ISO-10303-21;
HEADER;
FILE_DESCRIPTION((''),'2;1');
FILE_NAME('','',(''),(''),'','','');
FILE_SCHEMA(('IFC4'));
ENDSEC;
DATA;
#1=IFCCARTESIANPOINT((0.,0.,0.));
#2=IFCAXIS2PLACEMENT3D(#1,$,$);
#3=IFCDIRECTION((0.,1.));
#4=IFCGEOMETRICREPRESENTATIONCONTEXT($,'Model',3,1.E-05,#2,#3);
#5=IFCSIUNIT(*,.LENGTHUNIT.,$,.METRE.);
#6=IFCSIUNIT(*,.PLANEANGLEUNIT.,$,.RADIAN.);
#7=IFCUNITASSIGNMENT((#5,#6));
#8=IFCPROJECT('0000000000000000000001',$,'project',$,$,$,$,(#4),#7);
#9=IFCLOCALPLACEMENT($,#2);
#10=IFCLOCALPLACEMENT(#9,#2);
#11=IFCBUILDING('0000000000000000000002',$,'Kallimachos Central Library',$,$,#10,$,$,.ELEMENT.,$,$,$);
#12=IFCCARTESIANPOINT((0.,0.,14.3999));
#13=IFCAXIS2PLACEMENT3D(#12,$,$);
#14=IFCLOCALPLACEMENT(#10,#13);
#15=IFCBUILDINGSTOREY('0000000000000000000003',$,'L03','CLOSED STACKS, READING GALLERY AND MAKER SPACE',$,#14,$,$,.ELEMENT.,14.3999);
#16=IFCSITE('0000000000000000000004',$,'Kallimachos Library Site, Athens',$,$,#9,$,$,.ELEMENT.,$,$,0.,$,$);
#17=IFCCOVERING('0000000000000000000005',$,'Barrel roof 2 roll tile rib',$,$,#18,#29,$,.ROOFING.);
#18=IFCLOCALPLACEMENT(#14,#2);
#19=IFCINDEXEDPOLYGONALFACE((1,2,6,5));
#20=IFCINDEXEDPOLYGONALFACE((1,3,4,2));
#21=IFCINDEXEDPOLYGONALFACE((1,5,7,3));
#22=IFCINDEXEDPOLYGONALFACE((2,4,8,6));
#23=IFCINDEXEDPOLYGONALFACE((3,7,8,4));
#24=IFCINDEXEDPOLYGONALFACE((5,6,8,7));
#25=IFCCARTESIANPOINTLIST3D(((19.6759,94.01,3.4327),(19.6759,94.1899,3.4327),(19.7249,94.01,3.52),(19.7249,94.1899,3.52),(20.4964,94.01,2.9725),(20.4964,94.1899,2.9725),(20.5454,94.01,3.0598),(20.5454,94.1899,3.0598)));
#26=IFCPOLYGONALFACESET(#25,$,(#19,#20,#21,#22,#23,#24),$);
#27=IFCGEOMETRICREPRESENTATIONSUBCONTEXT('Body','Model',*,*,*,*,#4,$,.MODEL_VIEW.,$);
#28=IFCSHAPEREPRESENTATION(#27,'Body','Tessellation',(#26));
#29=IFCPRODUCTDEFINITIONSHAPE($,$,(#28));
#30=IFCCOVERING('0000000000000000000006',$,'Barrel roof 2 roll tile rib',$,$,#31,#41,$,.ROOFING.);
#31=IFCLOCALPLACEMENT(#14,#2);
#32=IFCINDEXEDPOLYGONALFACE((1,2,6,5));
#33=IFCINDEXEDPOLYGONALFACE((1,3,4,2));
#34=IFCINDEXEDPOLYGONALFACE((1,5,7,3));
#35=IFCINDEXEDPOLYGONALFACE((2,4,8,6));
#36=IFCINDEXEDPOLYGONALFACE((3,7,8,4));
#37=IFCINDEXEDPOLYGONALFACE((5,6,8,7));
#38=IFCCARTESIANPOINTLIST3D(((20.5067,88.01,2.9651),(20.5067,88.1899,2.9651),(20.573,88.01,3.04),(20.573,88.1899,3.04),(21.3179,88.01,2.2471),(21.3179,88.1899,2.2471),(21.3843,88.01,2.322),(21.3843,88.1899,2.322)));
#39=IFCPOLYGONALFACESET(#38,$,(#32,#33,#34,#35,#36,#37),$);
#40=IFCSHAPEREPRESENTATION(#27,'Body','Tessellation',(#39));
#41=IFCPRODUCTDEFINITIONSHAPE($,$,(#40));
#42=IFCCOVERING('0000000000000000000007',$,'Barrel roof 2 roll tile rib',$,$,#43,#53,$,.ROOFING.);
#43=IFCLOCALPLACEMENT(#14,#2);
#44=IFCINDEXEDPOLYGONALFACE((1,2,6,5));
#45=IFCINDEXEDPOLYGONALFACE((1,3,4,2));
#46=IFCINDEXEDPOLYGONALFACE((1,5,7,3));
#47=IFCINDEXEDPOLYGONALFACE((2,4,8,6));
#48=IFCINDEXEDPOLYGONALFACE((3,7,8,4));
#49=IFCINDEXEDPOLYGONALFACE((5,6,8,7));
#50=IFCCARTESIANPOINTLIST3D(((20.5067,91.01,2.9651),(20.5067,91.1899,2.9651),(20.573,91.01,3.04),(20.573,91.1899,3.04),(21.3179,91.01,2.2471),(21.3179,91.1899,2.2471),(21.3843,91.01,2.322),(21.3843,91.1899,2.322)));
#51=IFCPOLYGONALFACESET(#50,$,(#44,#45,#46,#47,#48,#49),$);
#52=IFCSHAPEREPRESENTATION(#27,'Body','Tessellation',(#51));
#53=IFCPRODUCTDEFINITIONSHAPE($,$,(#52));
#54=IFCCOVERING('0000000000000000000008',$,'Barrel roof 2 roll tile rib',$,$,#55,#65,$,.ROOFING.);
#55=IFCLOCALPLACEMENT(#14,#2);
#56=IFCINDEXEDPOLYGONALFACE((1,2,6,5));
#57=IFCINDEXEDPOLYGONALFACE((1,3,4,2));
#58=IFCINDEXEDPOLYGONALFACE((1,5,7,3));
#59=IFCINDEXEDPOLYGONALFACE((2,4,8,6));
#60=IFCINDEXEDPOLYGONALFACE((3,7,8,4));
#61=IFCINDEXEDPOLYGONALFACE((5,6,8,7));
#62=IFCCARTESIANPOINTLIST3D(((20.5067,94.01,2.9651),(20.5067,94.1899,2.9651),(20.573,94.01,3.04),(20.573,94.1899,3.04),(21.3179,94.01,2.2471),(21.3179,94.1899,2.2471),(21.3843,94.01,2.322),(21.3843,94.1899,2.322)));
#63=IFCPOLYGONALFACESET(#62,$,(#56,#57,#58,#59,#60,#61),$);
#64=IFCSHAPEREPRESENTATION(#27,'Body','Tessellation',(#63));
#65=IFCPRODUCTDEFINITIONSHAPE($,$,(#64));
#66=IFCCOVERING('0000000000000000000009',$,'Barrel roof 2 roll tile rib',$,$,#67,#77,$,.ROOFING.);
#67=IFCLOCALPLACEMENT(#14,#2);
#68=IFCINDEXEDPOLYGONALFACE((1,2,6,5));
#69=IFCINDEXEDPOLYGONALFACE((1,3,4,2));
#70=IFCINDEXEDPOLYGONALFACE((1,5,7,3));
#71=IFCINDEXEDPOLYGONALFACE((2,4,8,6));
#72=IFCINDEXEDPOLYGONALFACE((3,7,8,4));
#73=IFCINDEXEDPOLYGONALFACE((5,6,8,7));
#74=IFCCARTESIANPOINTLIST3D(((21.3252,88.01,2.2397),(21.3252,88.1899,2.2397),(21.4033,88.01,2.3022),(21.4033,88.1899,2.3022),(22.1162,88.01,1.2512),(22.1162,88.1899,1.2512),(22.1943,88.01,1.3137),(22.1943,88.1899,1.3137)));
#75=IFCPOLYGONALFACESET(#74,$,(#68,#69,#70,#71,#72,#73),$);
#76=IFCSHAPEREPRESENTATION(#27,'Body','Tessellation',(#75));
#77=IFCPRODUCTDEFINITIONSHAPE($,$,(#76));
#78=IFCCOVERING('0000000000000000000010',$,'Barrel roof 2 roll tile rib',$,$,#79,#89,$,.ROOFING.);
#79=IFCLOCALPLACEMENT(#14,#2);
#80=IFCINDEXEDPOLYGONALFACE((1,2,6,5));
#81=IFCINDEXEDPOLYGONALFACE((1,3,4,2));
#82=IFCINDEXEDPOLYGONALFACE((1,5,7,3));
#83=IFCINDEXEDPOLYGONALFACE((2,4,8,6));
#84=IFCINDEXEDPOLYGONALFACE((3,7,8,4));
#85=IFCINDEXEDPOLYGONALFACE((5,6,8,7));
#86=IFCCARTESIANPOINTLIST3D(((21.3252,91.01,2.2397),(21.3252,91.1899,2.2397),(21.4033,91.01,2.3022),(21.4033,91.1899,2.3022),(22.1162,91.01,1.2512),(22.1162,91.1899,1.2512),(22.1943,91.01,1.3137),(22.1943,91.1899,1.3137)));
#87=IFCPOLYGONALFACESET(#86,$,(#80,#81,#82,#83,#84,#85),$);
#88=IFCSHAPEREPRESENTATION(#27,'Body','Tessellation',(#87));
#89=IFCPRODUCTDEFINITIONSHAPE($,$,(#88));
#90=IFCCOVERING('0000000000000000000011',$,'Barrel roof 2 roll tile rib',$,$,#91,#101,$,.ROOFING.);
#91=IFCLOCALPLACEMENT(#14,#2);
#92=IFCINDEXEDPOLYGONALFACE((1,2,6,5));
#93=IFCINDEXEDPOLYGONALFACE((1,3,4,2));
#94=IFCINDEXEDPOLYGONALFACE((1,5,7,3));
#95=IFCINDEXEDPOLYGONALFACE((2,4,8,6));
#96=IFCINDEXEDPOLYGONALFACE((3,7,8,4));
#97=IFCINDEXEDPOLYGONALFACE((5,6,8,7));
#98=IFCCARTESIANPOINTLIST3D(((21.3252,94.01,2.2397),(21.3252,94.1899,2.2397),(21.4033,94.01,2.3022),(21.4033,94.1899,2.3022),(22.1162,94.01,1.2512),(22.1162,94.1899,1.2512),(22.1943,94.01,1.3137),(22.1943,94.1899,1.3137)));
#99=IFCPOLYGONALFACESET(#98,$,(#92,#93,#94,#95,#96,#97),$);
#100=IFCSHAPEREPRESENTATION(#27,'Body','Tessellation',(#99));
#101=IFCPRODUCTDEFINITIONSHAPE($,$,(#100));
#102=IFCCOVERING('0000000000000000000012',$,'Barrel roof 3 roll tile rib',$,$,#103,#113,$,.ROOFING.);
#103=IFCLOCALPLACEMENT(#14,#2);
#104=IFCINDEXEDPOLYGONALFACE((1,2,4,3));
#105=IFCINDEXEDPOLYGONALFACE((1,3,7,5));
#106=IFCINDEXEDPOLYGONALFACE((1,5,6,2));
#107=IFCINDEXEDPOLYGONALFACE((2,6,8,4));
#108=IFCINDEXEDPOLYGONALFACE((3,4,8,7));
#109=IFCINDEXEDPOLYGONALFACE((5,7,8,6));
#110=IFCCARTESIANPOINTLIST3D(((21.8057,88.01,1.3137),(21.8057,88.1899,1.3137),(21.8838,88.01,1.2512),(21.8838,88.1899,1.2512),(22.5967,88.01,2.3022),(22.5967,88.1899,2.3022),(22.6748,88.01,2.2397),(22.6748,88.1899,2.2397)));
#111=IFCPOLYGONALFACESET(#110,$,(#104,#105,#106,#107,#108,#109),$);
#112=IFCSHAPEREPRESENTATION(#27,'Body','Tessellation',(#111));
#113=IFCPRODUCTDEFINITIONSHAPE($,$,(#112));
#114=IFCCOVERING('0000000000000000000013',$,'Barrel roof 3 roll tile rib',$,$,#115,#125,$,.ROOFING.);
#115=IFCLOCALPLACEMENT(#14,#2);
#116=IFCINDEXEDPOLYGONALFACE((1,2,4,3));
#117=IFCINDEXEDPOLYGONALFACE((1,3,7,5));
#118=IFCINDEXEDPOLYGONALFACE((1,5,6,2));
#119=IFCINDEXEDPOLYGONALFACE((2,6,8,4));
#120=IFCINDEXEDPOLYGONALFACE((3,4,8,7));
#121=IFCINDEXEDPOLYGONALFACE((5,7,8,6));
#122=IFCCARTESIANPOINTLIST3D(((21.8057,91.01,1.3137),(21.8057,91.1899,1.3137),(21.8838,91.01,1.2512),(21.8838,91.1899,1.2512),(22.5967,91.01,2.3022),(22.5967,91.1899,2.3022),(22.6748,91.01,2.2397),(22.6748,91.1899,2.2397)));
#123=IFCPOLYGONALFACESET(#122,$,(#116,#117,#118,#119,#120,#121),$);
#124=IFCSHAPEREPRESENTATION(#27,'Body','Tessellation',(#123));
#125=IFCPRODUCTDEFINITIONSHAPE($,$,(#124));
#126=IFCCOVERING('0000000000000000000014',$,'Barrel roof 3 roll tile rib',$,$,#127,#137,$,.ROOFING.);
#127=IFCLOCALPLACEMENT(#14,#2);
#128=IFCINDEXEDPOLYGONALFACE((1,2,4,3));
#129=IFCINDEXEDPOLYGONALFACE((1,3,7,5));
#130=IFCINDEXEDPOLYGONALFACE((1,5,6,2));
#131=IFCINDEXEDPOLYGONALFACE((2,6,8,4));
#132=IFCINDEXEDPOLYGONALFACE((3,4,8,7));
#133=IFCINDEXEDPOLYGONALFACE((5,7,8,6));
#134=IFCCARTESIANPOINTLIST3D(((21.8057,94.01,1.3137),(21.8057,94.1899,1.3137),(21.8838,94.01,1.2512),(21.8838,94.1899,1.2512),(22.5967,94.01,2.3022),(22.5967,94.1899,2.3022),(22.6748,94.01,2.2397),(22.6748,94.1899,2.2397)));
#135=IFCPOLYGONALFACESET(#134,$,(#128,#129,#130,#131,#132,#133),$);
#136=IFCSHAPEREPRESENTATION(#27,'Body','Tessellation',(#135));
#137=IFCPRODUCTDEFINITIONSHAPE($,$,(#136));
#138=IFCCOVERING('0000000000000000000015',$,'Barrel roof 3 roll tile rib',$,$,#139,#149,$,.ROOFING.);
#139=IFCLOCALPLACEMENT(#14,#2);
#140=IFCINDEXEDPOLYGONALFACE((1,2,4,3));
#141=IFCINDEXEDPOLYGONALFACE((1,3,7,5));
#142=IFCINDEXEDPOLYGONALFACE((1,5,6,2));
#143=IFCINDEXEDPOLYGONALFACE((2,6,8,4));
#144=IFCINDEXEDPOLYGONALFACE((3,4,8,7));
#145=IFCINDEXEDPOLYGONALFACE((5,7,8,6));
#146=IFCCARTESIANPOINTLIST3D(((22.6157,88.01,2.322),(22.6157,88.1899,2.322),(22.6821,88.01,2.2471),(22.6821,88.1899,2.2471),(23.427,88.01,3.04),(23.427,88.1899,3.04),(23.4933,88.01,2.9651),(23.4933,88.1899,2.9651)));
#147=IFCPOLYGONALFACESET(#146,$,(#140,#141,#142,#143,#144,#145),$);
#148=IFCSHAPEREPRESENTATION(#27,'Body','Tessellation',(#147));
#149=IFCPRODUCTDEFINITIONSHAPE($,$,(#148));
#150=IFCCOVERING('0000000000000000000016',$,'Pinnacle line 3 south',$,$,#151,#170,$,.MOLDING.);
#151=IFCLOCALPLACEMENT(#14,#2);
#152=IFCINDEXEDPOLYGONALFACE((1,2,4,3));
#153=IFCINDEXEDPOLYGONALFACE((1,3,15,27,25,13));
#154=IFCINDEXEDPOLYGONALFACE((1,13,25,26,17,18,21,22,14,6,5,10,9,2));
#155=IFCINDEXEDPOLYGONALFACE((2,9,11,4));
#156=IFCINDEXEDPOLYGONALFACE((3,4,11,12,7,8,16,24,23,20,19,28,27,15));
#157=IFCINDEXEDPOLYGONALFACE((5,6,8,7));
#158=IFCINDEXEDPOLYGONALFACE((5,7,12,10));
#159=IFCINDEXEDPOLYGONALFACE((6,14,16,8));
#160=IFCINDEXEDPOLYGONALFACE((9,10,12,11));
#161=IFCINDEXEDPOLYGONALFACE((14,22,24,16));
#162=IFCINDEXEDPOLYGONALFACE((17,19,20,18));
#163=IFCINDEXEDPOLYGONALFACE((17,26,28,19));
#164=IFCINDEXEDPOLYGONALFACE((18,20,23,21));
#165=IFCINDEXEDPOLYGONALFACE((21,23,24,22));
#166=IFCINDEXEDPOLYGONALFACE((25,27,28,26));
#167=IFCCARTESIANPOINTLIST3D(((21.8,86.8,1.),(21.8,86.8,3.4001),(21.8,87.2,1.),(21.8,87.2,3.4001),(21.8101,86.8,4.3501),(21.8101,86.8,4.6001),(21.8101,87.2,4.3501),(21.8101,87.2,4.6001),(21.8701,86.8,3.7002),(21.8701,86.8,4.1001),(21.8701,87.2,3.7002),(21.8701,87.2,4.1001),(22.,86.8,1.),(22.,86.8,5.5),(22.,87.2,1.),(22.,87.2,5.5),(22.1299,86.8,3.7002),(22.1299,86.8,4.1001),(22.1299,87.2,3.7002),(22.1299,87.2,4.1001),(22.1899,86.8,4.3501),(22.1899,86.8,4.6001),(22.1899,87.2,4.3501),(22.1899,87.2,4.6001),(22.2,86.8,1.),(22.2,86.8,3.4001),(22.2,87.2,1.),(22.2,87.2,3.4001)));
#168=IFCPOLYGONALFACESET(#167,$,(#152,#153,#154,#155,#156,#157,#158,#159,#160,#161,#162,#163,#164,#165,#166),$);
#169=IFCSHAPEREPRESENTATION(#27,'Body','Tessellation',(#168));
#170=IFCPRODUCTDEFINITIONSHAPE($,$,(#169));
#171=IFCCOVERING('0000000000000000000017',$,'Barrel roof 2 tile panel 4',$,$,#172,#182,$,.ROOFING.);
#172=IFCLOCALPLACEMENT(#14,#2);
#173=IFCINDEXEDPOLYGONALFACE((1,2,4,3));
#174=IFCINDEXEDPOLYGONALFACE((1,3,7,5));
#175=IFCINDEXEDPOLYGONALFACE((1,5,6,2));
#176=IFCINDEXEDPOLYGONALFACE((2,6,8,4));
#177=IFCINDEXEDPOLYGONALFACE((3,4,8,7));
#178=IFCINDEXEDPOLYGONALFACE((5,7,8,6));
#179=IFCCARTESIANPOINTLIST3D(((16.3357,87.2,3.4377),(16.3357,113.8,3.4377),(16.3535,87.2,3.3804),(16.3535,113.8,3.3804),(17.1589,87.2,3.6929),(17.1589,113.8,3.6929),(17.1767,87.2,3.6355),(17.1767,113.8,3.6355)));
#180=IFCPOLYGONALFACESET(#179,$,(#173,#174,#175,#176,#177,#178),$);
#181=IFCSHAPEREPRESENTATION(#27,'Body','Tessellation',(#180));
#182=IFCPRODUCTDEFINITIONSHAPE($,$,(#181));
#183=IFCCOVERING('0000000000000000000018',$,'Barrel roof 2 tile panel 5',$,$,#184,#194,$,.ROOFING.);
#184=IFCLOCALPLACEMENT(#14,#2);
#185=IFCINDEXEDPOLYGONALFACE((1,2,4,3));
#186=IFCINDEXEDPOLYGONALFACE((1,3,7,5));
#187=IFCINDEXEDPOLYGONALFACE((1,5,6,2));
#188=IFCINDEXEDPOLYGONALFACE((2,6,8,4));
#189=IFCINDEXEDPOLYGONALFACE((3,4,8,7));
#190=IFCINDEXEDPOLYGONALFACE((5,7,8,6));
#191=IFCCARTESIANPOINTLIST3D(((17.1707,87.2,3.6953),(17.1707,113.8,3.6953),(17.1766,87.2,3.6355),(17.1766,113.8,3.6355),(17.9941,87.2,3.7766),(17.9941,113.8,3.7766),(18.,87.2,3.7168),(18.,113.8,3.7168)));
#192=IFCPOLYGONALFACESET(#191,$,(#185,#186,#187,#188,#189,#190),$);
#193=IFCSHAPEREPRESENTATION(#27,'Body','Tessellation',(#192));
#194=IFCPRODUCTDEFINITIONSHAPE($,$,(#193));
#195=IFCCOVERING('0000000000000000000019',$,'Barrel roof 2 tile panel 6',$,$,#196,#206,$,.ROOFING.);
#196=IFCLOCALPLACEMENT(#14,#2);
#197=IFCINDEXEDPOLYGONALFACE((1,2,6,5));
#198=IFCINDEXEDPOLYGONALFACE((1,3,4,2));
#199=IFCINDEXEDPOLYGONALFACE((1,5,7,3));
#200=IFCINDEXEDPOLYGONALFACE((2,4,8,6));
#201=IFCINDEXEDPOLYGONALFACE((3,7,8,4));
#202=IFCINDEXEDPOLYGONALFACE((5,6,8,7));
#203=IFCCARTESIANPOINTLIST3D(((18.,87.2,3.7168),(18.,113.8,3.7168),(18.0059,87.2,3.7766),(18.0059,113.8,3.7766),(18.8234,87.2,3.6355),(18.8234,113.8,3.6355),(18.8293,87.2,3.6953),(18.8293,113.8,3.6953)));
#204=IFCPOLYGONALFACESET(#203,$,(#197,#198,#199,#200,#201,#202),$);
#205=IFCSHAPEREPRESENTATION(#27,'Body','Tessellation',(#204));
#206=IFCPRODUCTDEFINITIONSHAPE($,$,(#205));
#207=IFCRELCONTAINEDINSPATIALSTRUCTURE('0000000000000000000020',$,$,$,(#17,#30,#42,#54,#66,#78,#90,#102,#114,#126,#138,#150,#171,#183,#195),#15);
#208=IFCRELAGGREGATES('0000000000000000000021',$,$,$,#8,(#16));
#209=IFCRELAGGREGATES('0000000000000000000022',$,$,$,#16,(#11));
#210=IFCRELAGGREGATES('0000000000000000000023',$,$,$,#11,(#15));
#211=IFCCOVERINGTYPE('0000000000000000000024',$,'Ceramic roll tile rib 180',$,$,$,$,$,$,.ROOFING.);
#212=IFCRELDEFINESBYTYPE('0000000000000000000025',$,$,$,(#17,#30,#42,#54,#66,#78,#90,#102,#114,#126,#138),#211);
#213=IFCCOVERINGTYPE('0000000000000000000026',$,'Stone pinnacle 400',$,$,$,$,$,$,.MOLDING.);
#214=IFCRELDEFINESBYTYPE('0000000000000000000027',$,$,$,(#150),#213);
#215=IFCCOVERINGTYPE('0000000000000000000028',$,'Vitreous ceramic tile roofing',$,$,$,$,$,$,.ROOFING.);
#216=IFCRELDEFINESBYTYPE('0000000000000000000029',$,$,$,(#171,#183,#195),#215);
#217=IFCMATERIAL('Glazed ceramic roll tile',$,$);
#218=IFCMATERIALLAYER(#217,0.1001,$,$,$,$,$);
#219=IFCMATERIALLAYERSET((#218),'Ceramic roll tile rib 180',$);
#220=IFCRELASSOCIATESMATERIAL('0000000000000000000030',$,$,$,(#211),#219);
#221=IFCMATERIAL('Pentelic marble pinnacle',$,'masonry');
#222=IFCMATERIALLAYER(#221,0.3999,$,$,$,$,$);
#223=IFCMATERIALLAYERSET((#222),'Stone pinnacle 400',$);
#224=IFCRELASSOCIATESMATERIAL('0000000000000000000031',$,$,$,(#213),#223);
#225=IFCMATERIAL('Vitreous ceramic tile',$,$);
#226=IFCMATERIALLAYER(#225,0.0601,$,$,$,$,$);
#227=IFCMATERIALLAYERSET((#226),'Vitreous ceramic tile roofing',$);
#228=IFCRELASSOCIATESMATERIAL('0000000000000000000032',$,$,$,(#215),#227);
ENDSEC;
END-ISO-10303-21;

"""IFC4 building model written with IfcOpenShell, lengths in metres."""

from ifc_helpers import new_model, si_unit, direction, frame, origin, place, context, subcontext, project, spatial, polyline, outline, extrude, material, layer, layer_set, type_object, element, save


model = new_model("IFC4")

# Units and contexts
model_context = context("Model", 3, precision=1e-05, world=origin(), true_north=direction((0.0, 1.0)))
body_context = subcontext(model_context, "Body", "Model", "MODEL_VIEW")
ifc_project = project(units=[si_unit("LENGTHUNIT", "METRE"), si_unit("PLANEANGLEUNIT", "RADIAN")], contexts=[model_context])

# Site, building, storey
site_placement = place(None, origin())
site = spatial("IfcSite", under=ifc_project, at=site_placement, Name="Kallimachos Library Site, Athens", CompositionType="ELEMENT", RefElevation=0.0)
building_placement = place(site_placement, origin())
building = spatial("IfcBuilding", under=site, at=building_placement, Name="Kallimachos Central Library", CompositionType="ELEMENT")
storey_placement = place(building_placement, frame((0.0, 0.0, 14.3999)))
storey = spatial("IfcBuildingStorey", under=building, at=storey_placement, Name="L03", Description="CLOSED STACKS, READING GALLERY AND MAKER SPACE", CompositionType="ELEMENT", Elevation=14.3999)

# Coverings
ifc_material_1 = material(Name="Glazed ceramic roll tile")
ifc_layer_1 = layer(ifc_material_1, 0.1001)
ifc_layer_set_1 = layer_set([ifc_layer_1], Name="Ceramic roll tile rib 180")
covering_type_1 = type_object("IfcCoveringType", Name="Ceramic roll tile rib 180", PredefinedType="ROOFING", material=ifc_layer_set_1)
for number, where, z_axis, x_axis, name in (
    (1, (19.7249, 94.01, 3.52), (0.489164, 0.0, 0.872192), (0.872192, 0.0, -0.489164), "Barrel roof 2 roll tile rib"),
):
    element("IfcCovering", number, at=place(storey_placement, frame(where, z_axis=z_axis, x_axis=x_axis)), inside=storey, type_object=covering_type_1, Name=name, PredefinedType="ROOFING", context=body_context, shape_type="SweptSolid", body=[
        extrude(outline(polyline([(0.0, 0.0), (0.9408, 0.0), (0.9408, 0.1799), (0.0, 0.1799), (0.0, 0.0)])), origin(), (0.0, 0.0, -1.0), 0.1001),
    ])
for number, where, z_axis, x_axis, name in (
    (2, (20.573, 88.01, 3.04), (0.662754, 0.0, 0.748837), (0.748837, 0.0, -0.662754), "Barrel roof 2 roll tile rib"),
    (3, (20.573, 91.01, 3.04), (0.662754, 0.0, 0.748837), (0.748837, 0.0, -0.662754), "Barrel roof 2 roll tile rib"),
    (4, (20.573, 94.01, 3.04), (0.662754, 0.0, 0.748837), (0.748837, 0.0, -0.662754), "Barrel roof 2 roll tile rib"),
):
    element("IfcCovering", number, at=place(storey_placement, frame(where, z_axis=z_axis, x_axis=x_axis)), inside=storey, type_object=covering_type_1, Name=name, PredefinedType="ROOFING", context=body_context, shape_type="SweptSolid", body=[
        extrude(outline(polyline([(0.0, 0.0), (1.0834, 0.0), (1.0834, 0.1799), (0.0, 0.1799), (0.0, 0.0)])), origin(), (0.0, 0.0, -1.0), 0.1001),
    ])
for number, where, z_axis, x_axis, name in (
    (5, (21.4033, 88.01, 2.3022), (0.780794, 0.0, 0.624789), (0.624789, 0.0, -0.780794), "Barrel roof 2 roll tile rib"),
    (6, (21.4033, 91.01, 2.3022), (0.780794, 0.0, 0.624789), (0.624789, 0.0, -0.780794), "Barrel roof 2 roll tile rib"),
    (7, (21.4033, 94.01, 2.3022), (0.780794, 0.0, 0.624789), (0.624789, 0.0, -0.780794), "Barrel roof 2 roll tile rib"),
    (8, (21.8057, 88.01, 1.3137), (-0.780794, 0.0, 0.624789), (0.624789, 0.0, 0.780794), "Barrel roof 3 roll tile rib"),
    (9, (21.8057, 91.01, 1.3137), (-0.780794, 0.0, 0.624789), (0.624789, 0.0, 0.780794), "Barrel roof 3 roll tile rib"),
    (10, (21.8057, 94.01, 1.3137), (-0.780794, 0.0, 0.624789), (0.624789, 0.0, 0.780794), "Barrel roof 3 roll tile rib"),
):
    element("IfcCovering", number, at=place(storey_placement, frame(where, z_axis=z_axis, x_axis=x_axis)), inside=storey, type_object=covering_type_1, Name=name, PredefinedType="ROOFING", context=body_context, shape_type="SweptSolid", body=[
        extrude(outline(polyline([(0.0, 0.0), (1.2661, 0.0), (1.2661, 0.1799), (0.0, 0.1799), (0.0, 0.0)])), origin(), (0.0, 0.0, -1.0), 0.1001),
    ])
covering_1_placement = place(storey_placement, frame((22.6157, 88.01, 2.322), z_axis=(-0.662754, 0.0, 0.748837), x_axis=(0.748837, 0.0, 0.662754)))
element("IfcCovering", 11, at=covering_1_placement, inside=storey, type_object=covering_type_1, Name="Barrel roof 3 roll tile rib", PredefinedType="ROOFING", context=body_context, shape_type="SweptSolid", body=[
    extrude(outline(polyline([(0.0, 0.0), (1.0834, 0.0), (1.0834, 0.1799), (0.0, 0.1799), (0.0, 0.0)])), origin(), (0.0, 0.0, -1.0), 0.1001),
])
ifc_material_2 = material(Name="Pentelic marble pinnacle", Category="masonry")
ifc_layer_2 = layer(ifc_material_2, 0.3999)
ifc_layer_set_2 = layer_set([ifc_layer_2], Name="Stone pinnacle 400")
covering_type_2 = type_object("IfcCoveringType", Name="Stone pinnacle 400", PredefinedType="MOLDING", material=ifc_layer_set_2)
covering_2_placement = place(storey_placement, frame((22.0, 86.8, 1.0), z_axis=(0.0, -1.0, 0.0), x_axis=(1.0, 0.0, 0.0)))
element("IfcCovering", 12, at=covering_2_placement, inside=storey, type_object=covering_type_2, Name="Pinnacle line 3 south", PredefinedType="MOLDING", context=body_context, shape_type="SweptSolid", body=[
    extrude(outline(polyline([(0.0, 0.0), (0.2, 0.0), (0.2, 2.4001), (0.1299, 2.7002), (0.1299, 3.1001), (0.1899, 3.3501), (0.1899, 3.6001), (0.0, 4.5), (-0.1899, 3.6001), (-0.1899, 3.3501), (-0.1299, 3.1001), (-0.1299, 2.7002), (-0.2, 2.4001), (-0.2, 0.0), (0.0, 0.0)])), origin(), (0.0, 0.0, -1.0), 0.3999),
])
ifc_material_3 = material(Name="Vitreous ceramic tile")
ifc_layer_3 = layer(ifc_material_3, 0.0601)
ifc_layer_set_3 = layer_set([ifc_layer_3], Name="Vitreous ceramic tile roofing")
covering_type_3 = type_object("IfcCoveringType", Name="Vitreous ceramic tile roofing", PredefinedType="ROOFING", material=ifc_layer_set_3)
covering_3_placement = place(storey_placement, frame((16.3357, 87.2, 3.4377), z_axis=(-0.296016, 0.0, 0.955183), x_axis=(0.955183, 0.0, 0.296016)))
element("IfcCovering", 13, at=covering_3_placement, inside=storey, type_object=covering_type_3, Name="Barrel roof 2 tile panel 4", PredefinedType="ROOFING", context=body_context, shape_type="SweptSolid", body=[
    extrude(outline(polyline([(0.0, 0.0), (0.8619, 0.0), (0.8619, 26.6001), (0.0, 26.6001), (0.0, 0.0)])), origin(), (0.0, 0.0, -1.0), 0.0601),
])
for number, where, z_axis, x_axis, name in (
    (14, (17.1707, 87.2, 3.6953), (-0.098248, 0.0, 0.995162), (0.995162, 0.0, 0.098248), "Barrel roof 2 tile panel 5"),
    (15, (18.0059, 87.2, 3.7766), (0.098248, 0.0, 0.995162), (0.995162, 0.0, -0.098248), "Barrel roof 2 tile panel 6"),
):
    element("IfcCovering", number, at=place(storey_placement, frame(where, z_axis=z_axis, x_axis=x_axis)), inside=storey, type_object=covering_type_3, Name=name, PredefinedType="ROOFING", context=body_context, shape_type="SweptSolid", body=[
        extrude(outline(polyline([(0.0, 0.0), (0.8275, 0.0), (0.8275, 26.6001), (0.0, 26.6001), (0.0, 0.0)])), origin(), (0.0, 0.0, -1.0), 0.0601),
    ])

save(model, "model.ifc")
